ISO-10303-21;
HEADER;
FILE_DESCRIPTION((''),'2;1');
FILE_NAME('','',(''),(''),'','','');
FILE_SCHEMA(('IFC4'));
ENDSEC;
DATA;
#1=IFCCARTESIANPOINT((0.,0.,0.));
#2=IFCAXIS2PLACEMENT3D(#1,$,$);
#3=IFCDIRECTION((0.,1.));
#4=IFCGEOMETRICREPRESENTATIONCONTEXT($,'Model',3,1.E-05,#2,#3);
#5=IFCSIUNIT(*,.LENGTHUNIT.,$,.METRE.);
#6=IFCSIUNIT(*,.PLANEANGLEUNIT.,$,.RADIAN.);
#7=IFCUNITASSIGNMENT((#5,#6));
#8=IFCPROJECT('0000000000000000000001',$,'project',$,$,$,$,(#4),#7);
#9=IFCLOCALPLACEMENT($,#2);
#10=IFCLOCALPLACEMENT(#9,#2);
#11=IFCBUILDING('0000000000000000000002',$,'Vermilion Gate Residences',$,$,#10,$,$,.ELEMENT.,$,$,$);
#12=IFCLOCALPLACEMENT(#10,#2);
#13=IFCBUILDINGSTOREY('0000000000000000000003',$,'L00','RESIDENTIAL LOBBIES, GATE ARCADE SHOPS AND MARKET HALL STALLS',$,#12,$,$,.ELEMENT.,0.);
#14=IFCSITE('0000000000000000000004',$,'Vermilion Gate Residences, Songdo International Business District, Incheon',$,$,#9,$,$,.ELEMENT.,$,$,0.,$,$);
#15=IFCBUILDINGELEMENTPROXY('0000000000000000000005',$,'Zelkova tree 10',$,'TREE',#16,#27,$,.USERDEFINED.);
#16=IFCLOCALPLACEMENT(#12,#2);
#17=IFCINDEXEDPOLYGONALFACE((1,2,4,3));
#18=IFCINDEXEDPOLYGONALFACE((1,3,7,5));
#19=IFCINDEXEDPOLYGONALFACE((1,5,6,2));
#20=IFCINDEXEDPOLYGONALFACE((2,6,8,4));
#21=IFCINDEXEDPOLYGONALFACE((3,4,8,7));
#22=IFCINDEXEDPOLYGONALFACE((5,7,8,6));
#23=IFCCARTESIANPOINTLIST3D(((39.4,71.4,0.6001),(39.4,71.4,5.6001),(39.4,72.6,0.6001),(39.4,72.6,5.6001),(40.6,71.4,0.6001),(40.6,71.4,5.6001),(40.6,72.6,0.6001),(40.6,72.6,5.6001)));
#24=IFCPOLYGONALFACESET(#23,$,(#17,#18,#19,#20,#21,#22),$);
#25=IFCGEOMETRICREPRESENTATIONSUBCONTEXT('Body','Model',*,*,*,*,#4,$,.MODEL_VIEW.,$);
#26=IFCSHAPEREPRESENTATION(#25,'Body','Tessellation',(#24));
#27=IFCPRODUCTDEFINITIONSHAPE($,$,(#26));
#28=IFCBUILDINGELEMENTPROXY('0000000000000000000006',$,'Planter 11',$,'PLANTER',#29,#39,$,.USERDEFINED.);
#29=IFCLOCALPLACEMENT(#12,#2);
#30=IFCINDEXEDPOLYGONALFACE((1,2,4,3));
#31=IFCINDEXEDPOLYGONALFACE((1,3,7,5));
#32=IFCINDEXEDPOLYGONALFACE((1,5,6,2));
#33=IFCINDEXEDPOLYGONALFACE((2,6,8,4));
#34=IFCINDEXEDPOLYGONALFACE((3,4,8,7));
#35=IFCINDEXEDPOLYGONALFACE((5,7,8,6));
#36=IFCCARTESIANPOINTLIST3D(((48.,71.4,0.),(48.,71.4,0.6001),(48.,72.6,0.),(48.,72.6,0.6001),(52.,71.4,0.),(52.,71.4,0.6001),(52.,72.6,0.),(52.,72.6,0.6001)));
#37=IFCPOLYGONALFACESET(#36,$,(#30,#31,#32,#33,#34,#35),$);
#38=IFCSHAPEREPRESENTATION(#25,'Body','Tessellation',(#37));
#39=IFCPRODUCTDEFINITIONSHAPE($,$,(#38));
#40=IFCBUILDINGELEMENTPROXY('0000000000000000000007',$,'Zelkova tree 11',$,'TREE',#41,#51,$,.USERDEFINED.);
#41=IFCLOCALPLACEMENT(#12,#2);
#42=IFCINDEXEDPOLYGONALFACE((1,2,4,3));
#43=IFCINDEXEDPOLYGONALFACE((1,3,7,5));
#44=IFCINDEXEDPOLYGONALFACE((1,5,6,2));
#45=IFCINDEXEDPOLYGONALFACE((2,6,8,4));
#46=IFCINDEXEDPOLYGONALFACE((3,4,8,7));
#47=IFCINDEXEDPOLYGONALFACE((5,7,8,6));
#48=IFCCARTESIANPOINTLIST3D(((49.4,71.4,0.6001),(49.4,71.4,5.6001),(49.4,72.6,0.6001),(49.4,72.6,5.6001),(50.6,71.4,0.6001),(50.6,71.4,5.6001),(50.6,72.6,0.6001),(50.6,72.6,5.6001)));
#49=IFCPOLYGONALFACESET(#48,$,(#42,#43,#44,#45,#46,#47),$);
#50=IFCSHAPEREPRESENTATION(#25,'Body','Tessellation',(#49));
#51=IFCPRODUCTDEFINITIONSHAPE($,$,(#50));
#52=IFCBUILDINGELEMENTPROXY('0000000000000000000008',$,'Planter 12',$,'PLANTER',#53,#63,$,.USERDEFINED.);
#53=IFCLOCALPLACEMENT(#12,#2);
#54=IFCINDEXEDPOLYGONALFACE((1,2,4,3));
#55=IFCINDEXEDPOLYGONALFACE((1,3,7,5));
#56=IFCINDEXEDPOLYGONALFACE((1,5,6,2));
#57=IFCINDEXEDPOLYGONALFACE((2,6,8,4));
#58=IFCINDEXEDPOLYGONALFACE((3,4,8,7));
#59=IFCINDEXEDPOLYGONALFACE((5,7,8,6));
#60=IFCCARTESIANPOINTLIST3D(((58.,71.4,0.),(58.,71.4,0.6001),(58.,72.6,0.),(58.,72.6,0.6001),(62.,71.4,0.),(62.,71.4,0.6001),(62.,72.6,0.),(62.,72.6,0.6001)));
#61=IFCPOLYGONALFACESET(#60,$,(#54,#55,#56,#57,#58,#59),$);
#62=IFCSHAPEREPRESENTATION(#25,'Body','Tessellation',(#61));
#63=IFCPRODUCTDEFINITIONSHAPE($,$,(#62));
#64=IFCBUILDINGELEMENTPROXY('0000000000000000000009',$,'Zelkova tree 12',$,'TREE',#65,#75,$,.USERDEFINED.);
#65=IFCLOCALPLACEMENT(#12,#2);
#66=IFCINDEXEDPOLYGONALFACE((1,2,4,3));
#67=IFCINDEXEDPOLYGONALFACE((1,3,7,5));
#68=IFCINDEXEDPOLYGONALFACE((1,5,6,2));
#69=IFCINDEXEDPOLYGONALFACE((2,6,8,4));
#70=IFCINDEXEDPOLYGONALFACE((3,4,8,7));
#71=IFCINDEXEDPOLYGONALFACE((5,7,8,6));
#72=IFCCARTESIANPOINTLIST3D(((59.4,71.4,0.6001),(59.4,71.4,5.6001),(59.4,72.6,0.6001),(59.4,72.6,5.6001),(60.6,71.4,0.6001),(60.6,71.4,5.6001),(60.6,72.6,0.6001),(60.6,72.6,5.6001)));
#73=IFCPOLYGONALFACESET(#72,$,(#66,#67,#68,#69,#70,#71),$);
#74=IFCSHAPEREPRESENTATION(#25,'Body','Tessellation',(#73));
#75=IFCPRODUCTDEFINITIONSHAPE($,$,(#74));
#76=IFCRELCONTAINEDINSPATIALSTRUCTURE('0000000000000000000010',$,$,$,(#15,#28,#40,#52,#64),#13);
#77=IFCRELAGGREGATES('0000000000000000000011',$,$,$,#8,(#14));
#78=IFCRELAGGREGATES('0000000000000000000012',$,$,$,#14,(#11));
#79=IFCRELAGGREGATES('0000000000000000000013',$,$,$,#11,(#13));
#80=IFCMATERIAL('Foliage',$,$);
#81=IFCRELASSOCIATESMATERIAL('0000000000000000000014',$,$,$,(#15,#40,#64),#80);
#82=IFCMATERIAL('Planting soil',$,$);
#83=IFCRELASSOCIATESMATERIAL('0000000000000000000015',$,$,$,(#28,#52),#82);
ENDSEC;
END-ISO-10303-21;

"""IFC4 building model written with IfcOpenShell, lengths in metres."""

from ifc_helpers import new_model, si_unit, direction, frame, origin, origin_2d, place, context, subcontext, project, spatial, rectangle, extrude, material, element, save


model = new_model("IFC4")

# Units and contexts
model_context = context("Model", 3, precision=1e-05, world=origin(), true_north=direction((0.0, 1.0)))
body_context = subcontext(model_context, "Body", "Model", "MODEL_VIEW")
ifc_project = project(units=[si_unit("LENGTHUNIT", "METRE"), si_unit("PLANEANGLEUNIT", "RADIAN")], contexts=[model_context])

# Site, building, storey
site_placement = place(None, origin())
site = spatial("IfcSite", under=ifc_project, at=site_placement, Name="Vermilion Gate Residences, Songdo International Business District, Incheon", CompositionType="ELEMENT", RefElevation=0.0)
building_placement = place(site_placement, origin())
building = spatial("IfcBuilding", under=site, at=building_placement, Name="Vermilion Gate Residences", CompositionType="ELEMENT")
storey_placement = place(building_placement, origin())
storey = spatial("IfcBuildingStorey", under=building, at=storey_placement, Name="L00", Description="RESIDENTIAL LOBBIES, GATE ARCADE SHOPS AND MARKET HALL STALLS", CompositionType="ELEMENT", Elevation=0.0)

# Building element proxies
ifc_material_1 = material(Name="Planting soil")
ifc_material_2 = material(Name="Foliage")
proxy_1_placement = place(storey_placement, frame((40.0, 72.0, 0.6001), z_axis=(0.0, 0.0, 1.0), x_axis=(1.0, 0.0, 0.0)))
element("IfcBuildingElementProxy", 1, at=proxy_1_placement, inside=storey, material=ifc_material_2, Name="Zelkova tree 10", ObjectType="TREE", PredefinedType="USERDEFINED", context=body_context, shape_type="SweptSolid", body=[
    extrude(rectangle(XDim=1.2, YDim=1.2, at=origin_2d()), origin(), (0.0, 0.0, 1.0), 5.0),
])
proxy_2_placement = place(storey_placement, frame((50.0, 72.0, 0.0), z_axis=(0.0, 0.0, 1.0), x_axis=(1.0, 0.0, 0.0)))
element("IfcBuildingElementProxy", 2, at=proxy_2_placement, inside=storey, material=ifc_material_1, Name="Planter 11", ObjectType="PLANTER", PredefinedType="USERDEFINED", context=body_context, shape_type="SweptSolid", body=[
    extrude(rectangle(XDim=4.0, YDim=1.2, at=origin_2d()), origin(), (0.0, 0.0, 1.0), 0.6001),
])
proxy_3_placement = place(storey_placement, frame((50.0, 72.0, 0.6001), z_axis=(0.0, 0.0, 1.0), x_axis=(1.0, 0.0, 0.0)))
element("IfcBuildingElementProxy", 3, at=proxy_3_placement, inside=storey, material=ifc_material_2, Name="Zelkova tree 11", ObjectType="TREE", PredefinedType="USERDEFINED", context=body_context, shape_type="SweptSolid", body=[
    extrude(rectangle(XDim=1.2, YDim=1.2, at=origin_2d()), origin(), (0.0, 0.0, 1.0), 5.0),
])
proxy_4_placement = place(storey_placement, frame((60.0, 72.0, 0.0), z_axis=(0.0, 0.0, 1.0), x_axis=(1.0, 0.0, 0.0)))
element("IfcBuildingElementProxy", 4, at=proxy_4_placement, inside=storey, material=ifc_material_1, Name="Planter 12", ObjectType="PLANTER", PredefinedType="USERDEFINED", context=body_context, shape_type="SweptSolid", body=[
    extrude(rectangle(XDim=4.0, YDim=1.2, at=origin_2d()), origin(), (0.0, 0.0, 1.0), 0.6001),
])
proxy_5_placement = place(storey_placement, frame((60.0, 72.0, 0.6001), z_axis=(0.0, 0.0, 1.0), x_axis=(1.0, 0.0, 0.0)))
element("IfcBuildingElementProxy", 5, at=proxy_5_placement, inside=storey, material=ifc_material_2, Name="Zelkova tree 12", ObjectType="TREE", PredefinedType="USERDEFINED", context=body_context, shape_type="SweptSolid", body=[
    extrude(rectangle(XDim=1.2, YDim=1.2, at=origin_2d()), origin(), (0.0, 0.0, 1.0), 5.0),
])

save(model, "model.ifc")
